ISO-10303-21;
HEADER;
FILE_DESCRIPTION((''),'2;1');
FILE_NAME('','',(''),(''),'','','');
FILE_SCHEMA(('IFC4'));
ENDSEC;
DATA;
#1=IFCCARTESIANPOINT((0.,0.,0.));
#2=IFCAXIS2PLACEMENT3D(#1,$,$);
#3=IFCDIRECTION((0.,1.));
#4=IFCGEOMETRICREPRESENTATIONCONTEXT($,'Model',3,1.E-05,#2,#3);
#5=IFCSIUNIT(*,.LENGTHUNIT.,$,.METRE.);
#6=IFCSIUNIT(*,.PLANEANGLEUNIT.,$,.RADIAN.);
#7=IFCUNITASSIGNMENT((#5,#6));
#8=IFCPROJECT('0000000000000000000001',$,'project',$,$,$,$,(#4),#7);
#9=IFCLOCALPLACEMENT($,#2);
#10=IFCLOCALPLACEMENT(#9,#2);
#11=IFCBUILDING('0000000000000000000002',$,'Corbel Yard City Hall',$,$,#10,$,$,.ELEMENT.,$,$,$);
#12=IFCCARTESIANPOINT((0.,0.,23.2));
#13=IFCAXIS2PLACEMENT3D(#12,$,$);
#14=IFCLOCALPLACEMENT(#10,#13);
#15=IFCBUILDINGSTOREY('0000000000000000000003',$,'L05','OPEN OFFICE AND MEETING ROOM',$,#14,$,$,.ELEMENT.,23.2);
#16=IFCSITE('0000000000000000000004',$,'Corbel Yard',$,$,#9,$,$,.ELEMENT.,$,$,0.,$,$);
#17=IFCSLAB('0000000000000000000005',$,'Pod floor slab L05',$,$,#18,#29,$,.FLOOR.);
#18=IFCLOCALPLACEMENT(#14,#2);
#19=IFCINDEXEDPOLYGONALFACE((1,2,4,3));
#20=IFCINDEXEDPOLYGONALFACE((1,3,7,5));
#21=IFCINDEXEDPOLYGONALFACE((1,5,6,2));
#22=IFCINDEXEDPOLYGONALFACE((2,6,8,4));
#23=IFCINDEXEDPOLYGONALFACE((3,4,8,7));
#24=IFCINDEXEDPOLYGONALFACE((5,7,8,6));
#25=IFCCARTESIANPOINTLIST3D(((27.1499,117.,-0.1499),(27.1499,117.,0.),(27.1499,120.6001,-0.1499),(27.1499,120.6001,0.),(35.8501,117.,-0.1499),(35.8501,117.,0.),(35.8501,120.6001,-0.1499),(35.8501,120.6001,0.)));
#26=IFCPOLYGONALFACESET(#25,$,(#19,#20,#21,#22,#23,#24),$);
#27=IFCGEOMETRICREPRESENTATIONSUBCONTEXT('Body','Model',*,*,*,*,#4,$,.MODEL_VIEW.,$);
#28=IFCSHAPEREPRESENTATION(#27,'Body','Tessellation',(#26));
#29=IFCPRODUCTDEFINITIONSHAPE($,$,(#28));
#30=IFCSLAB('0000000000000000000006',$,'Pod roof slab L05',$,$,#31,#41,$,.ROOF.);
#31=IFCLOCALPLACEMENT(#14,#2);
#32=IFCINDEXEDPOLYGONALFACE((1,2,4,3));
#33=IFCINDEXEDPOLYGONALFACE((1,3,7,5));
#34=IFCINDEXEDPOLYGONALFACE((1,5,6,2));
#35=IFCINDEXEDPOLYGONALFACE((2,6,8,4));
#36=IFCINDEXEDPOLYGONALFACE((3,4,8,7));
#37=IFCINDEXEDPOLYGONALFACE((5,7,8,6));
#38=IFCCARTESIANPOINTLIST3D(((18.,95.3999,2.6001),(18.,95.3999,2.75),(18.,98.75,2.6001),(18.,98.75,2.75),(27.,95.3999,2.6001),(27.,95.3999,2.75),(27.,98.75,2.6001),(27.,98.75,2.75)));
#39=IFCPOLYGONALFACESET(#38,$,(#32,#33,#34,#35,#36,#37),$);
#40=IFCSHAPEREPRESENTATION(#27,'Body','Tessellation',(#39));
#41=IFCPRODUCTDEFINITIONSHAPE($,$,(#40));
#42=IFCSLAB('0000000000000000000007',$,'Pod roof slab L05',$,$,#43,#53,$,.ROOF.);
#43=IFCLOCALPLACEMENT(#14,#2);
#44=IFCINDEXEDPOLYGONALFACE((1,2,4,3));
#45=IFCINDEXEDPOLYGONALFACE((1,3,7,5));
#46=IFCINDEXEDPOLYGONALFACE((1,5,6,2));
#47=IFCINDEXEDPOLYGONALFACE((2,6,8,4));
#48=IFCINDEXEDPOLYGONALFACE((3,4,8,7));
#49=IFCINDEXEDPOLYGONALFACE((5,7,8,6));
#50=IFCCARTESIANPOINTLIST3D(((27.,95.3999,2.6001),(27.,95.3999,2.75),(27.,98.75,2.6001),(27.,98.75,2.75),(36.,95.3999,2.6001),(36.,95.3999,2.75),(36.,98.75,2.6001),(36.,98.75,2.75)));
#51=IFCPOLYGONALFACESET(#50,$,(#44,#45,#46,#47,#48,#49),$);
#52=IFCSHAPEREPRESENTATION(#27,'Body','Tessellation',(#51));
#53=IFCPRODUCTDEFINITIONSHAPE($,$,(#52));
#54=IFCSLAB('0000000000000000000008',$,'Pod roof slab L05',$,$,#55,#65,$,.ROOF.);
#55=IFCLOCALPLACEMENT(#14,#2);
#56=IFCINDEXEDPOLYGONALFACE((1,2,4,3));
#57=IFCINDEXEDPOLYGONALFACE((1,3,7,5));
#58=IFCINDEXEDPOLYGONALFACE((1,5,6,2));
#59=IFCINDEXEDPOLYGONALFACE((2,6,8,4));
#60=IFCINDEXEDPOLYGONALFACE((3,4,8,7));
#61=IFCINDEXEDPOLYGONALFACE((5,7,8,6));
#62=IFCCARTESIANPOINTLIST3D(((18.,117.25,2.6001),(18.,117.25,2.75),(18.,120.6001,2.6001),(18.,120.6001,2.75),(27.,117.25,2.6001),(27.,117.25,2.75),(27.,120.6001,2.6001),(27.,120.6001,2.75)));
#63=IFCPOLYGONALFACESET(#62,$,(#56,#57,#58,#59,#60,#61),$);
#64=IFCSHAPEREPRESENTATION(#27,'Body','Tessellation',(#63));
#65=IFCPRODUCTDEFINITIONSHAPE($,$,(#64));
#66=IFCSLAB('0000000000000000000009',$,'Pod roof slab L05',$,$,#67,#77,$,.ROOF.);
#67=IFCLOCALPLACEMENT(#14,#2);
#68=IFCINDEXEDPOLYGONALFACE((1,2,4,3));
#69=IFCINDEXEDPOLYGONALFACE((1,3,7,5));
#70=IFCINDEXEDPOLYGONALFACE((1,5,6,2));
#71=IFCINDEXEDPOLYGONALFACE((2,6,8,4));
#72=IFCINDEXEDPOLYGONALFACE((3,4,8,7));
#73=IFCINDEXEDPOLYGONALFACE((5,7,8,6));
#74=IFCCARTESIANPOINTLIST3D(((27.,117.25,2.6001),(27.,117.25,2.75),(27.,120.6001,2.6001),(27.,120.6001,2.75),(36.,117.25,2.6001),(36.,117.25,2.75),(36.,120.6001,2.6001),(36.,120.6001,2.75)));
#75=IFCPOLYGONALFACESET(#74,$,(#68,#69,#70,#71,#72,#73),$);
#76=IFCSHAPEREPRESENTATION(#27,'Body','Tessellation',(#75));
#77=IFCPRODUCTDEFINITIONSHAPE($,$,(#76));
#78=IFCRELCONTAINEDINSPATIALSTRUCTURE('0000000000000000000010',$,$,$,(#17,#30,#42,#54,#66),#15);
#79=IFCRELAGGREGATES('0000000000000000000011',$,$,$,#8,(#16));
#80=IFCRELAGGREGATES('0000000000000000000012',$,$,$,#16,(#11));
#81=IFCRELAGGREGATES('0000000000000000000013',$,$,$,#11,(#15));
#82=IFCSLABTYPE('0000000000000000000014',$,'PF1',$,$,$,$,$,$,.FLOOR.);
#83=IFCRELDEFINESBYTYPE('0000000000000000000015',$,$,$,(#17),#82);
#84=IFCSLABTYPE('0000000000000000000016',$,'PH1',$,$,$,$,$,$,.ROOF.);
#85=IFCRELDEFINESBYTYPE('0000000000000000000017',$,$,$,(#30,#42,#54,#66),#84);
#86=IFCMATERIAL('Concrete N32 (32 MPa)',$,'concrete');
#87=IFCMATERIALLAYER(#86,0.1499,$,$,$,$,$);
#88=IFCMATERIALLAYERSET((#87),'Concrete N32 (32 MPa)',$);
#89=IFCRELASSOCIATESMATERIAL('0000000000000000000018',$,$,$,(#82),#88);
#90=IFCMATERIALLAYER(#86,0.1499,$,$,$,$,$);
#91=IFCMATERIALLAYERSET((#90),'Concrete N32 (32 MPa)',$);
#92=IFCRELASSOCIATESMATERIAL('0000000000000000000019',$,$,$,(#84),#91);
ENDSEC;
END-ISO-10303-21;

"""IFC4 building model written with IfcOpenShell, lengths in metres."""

from ifc_helpers import new_model, si_unit, direction, frame, origin, place, context, subcontext, project, spatial, polyline, outline, extrude, material, layer, layer_set, type_object, element, save


model = new_model("IFC4")

# Units and contexts
model_context = context("Model", 3, precision=1e-05, world=origin(), true_north=direction((0.0, 1.0)))
body_context = subcontext(model_context, "Body", "Model", "MODEL_VIEW")
ifc_project = project(units=[si_unit("LENGTHUNIT", "METRE"), si_unit("PLANEANGLEUNIT", "RADIAN")], contexts=[model_context])

# Site, building, storey
site_placement = place(None, origin())
site = spatial("IfcSite", under=ifc_project, at=site_placement, Name="Corbel Yard", CompositionType="ELEMENT", RefElevation=0.0)
building_placement = place(site_placement, origin())
building = spatial("IfcBuilding", under=site, at=building_placement, Name="Corbel Yard City Hall", CompositionType="ELEMENT")
storey_placement = place(building_placement, frame((0.0, 0.0, 23.2)))
storey = spatial("IfcBuildingStorey", under=building, at=storey_placement, Name="L05", Description="OPEN OFFICE AND MEETING ROOM", CompositionType="ELEMENT", Elevation=23.2)

# Slabs
ifc_material_1 = material(Name="Concrete N32 (32 MPa)", Category="concrete")
ifc_layer_1 = layer(ifc_material_1, 0.1499)
ifc_layer_set_1 = layer_set([ifc_layer_1], Name="Concrete N32 (32 MPa)")
slab_type_1 = type_object("IfcSlabType", Name="PF1", PredefinedType="FLOOR", material=ifc_layer_set_1)
slab_1_placement = place(storey_placement, frame((0.0, 0.0, -0.1499)))
element("IfcSlab", 1, at=slab_1_placement, inside=storey, type_object=slab_type_1, Name="Pod floor slab L05", PredefinedType="FLOOR", context=body_context, shape_type="SweptSolid", body=[
    extrude(outline(polyline([(27.1499, 117.0), (35.8501, 117.0), (35.8501, 120.6001), (27.1499, 120.6001), (27.1499, 117.0)])), origin(), (0.0, 0.0, 1.0), 0.1499),
])
ifc_layer_2 = layer(ifc_material_1, 0.1499)
ifc_layer_set_2 = layer_set([ifc_layer_2], Name="Concrete N32 (32 MPa)")
slab_type_2 = type_object("IfcSlabType", Name="PH1", PredefinedType="ROOF", material=ifc_layer_set_2)
slab_2_placement = place(storey_placement, frame((0.0, 0.0, 2.6001)))
element("IfcSlab", 2, at=slab_2_placement, inside=storey, type_object=slab_type_2, Name="Pod roof slab L05", PredefinedType="ROOF", context=body_context, shape_type="SweptSolid", body=[
    extrude(outline(polyline([(18.0, 95.3999), (27.0, 95.3999), (27.0, 98.75), (18.0, 98.75), (18.0, 95.3999)])), origin(), (0.0, 0.0, 1.0), 0.1499),
])
slab_3_placement = place(storey_placement, frame((0.0, 0.0, 2.6001)))
element("IfcSlab", 3, at=slab_3_placement, inside=storey, type_object=slab_type_2, Name="Pod roof slab L05", PredefinedType="ROOF", context=body_context, shape_type="SweptSolid", body=[
    extrude(outline(polyline([(27.0, 95.3999), (36.0, 95.3999), (36.0, 98.75), (27.0, 98.75), (27.0, 95.3999)])), origin(), (0.0, 0.0, 1.0), 0.1499),
])
slab_4_placement = place(storey_placement, frame((0.0, 0.0, 2.6001)))
element("IfcSlab", 4, at=slab_4_placement, inside=storey, type_object=slab_type_2, Name="Pod roof slab L05", PredefinedType="ROOF", context=body_context, shape_type="SweptSolid", body=[
    extrude(outline(polyline([(18.0, 120.6001), (18.0, 117.25), (27.0, 117.25), (27.0, 120.6001), (18.0, 120.6001)])), origin(), (0.0, 0.0, 1.0), 0.1499),
])
slab_5_placement = place(storey_placement, frame((0.0, 0.0, 2.6001)))
element("IfcSlab", 5, at=slab_5_placement, inside=storey, type_object=slab_type_2, Name="Pod roof slab L05", PredefinedType="ROOF", context=body_context, shape_type="SweptSolid", body=[
    extrude(outline(polyline([(27.0, 120.6001), (27.0, 117.25), (36.0, 117.25), (36.0, 120.6001), (27.0, 120.6001)])), origin(), (0.0, 0.0, 1.0), 0.1499),
])

save(model, "model.ifc")
